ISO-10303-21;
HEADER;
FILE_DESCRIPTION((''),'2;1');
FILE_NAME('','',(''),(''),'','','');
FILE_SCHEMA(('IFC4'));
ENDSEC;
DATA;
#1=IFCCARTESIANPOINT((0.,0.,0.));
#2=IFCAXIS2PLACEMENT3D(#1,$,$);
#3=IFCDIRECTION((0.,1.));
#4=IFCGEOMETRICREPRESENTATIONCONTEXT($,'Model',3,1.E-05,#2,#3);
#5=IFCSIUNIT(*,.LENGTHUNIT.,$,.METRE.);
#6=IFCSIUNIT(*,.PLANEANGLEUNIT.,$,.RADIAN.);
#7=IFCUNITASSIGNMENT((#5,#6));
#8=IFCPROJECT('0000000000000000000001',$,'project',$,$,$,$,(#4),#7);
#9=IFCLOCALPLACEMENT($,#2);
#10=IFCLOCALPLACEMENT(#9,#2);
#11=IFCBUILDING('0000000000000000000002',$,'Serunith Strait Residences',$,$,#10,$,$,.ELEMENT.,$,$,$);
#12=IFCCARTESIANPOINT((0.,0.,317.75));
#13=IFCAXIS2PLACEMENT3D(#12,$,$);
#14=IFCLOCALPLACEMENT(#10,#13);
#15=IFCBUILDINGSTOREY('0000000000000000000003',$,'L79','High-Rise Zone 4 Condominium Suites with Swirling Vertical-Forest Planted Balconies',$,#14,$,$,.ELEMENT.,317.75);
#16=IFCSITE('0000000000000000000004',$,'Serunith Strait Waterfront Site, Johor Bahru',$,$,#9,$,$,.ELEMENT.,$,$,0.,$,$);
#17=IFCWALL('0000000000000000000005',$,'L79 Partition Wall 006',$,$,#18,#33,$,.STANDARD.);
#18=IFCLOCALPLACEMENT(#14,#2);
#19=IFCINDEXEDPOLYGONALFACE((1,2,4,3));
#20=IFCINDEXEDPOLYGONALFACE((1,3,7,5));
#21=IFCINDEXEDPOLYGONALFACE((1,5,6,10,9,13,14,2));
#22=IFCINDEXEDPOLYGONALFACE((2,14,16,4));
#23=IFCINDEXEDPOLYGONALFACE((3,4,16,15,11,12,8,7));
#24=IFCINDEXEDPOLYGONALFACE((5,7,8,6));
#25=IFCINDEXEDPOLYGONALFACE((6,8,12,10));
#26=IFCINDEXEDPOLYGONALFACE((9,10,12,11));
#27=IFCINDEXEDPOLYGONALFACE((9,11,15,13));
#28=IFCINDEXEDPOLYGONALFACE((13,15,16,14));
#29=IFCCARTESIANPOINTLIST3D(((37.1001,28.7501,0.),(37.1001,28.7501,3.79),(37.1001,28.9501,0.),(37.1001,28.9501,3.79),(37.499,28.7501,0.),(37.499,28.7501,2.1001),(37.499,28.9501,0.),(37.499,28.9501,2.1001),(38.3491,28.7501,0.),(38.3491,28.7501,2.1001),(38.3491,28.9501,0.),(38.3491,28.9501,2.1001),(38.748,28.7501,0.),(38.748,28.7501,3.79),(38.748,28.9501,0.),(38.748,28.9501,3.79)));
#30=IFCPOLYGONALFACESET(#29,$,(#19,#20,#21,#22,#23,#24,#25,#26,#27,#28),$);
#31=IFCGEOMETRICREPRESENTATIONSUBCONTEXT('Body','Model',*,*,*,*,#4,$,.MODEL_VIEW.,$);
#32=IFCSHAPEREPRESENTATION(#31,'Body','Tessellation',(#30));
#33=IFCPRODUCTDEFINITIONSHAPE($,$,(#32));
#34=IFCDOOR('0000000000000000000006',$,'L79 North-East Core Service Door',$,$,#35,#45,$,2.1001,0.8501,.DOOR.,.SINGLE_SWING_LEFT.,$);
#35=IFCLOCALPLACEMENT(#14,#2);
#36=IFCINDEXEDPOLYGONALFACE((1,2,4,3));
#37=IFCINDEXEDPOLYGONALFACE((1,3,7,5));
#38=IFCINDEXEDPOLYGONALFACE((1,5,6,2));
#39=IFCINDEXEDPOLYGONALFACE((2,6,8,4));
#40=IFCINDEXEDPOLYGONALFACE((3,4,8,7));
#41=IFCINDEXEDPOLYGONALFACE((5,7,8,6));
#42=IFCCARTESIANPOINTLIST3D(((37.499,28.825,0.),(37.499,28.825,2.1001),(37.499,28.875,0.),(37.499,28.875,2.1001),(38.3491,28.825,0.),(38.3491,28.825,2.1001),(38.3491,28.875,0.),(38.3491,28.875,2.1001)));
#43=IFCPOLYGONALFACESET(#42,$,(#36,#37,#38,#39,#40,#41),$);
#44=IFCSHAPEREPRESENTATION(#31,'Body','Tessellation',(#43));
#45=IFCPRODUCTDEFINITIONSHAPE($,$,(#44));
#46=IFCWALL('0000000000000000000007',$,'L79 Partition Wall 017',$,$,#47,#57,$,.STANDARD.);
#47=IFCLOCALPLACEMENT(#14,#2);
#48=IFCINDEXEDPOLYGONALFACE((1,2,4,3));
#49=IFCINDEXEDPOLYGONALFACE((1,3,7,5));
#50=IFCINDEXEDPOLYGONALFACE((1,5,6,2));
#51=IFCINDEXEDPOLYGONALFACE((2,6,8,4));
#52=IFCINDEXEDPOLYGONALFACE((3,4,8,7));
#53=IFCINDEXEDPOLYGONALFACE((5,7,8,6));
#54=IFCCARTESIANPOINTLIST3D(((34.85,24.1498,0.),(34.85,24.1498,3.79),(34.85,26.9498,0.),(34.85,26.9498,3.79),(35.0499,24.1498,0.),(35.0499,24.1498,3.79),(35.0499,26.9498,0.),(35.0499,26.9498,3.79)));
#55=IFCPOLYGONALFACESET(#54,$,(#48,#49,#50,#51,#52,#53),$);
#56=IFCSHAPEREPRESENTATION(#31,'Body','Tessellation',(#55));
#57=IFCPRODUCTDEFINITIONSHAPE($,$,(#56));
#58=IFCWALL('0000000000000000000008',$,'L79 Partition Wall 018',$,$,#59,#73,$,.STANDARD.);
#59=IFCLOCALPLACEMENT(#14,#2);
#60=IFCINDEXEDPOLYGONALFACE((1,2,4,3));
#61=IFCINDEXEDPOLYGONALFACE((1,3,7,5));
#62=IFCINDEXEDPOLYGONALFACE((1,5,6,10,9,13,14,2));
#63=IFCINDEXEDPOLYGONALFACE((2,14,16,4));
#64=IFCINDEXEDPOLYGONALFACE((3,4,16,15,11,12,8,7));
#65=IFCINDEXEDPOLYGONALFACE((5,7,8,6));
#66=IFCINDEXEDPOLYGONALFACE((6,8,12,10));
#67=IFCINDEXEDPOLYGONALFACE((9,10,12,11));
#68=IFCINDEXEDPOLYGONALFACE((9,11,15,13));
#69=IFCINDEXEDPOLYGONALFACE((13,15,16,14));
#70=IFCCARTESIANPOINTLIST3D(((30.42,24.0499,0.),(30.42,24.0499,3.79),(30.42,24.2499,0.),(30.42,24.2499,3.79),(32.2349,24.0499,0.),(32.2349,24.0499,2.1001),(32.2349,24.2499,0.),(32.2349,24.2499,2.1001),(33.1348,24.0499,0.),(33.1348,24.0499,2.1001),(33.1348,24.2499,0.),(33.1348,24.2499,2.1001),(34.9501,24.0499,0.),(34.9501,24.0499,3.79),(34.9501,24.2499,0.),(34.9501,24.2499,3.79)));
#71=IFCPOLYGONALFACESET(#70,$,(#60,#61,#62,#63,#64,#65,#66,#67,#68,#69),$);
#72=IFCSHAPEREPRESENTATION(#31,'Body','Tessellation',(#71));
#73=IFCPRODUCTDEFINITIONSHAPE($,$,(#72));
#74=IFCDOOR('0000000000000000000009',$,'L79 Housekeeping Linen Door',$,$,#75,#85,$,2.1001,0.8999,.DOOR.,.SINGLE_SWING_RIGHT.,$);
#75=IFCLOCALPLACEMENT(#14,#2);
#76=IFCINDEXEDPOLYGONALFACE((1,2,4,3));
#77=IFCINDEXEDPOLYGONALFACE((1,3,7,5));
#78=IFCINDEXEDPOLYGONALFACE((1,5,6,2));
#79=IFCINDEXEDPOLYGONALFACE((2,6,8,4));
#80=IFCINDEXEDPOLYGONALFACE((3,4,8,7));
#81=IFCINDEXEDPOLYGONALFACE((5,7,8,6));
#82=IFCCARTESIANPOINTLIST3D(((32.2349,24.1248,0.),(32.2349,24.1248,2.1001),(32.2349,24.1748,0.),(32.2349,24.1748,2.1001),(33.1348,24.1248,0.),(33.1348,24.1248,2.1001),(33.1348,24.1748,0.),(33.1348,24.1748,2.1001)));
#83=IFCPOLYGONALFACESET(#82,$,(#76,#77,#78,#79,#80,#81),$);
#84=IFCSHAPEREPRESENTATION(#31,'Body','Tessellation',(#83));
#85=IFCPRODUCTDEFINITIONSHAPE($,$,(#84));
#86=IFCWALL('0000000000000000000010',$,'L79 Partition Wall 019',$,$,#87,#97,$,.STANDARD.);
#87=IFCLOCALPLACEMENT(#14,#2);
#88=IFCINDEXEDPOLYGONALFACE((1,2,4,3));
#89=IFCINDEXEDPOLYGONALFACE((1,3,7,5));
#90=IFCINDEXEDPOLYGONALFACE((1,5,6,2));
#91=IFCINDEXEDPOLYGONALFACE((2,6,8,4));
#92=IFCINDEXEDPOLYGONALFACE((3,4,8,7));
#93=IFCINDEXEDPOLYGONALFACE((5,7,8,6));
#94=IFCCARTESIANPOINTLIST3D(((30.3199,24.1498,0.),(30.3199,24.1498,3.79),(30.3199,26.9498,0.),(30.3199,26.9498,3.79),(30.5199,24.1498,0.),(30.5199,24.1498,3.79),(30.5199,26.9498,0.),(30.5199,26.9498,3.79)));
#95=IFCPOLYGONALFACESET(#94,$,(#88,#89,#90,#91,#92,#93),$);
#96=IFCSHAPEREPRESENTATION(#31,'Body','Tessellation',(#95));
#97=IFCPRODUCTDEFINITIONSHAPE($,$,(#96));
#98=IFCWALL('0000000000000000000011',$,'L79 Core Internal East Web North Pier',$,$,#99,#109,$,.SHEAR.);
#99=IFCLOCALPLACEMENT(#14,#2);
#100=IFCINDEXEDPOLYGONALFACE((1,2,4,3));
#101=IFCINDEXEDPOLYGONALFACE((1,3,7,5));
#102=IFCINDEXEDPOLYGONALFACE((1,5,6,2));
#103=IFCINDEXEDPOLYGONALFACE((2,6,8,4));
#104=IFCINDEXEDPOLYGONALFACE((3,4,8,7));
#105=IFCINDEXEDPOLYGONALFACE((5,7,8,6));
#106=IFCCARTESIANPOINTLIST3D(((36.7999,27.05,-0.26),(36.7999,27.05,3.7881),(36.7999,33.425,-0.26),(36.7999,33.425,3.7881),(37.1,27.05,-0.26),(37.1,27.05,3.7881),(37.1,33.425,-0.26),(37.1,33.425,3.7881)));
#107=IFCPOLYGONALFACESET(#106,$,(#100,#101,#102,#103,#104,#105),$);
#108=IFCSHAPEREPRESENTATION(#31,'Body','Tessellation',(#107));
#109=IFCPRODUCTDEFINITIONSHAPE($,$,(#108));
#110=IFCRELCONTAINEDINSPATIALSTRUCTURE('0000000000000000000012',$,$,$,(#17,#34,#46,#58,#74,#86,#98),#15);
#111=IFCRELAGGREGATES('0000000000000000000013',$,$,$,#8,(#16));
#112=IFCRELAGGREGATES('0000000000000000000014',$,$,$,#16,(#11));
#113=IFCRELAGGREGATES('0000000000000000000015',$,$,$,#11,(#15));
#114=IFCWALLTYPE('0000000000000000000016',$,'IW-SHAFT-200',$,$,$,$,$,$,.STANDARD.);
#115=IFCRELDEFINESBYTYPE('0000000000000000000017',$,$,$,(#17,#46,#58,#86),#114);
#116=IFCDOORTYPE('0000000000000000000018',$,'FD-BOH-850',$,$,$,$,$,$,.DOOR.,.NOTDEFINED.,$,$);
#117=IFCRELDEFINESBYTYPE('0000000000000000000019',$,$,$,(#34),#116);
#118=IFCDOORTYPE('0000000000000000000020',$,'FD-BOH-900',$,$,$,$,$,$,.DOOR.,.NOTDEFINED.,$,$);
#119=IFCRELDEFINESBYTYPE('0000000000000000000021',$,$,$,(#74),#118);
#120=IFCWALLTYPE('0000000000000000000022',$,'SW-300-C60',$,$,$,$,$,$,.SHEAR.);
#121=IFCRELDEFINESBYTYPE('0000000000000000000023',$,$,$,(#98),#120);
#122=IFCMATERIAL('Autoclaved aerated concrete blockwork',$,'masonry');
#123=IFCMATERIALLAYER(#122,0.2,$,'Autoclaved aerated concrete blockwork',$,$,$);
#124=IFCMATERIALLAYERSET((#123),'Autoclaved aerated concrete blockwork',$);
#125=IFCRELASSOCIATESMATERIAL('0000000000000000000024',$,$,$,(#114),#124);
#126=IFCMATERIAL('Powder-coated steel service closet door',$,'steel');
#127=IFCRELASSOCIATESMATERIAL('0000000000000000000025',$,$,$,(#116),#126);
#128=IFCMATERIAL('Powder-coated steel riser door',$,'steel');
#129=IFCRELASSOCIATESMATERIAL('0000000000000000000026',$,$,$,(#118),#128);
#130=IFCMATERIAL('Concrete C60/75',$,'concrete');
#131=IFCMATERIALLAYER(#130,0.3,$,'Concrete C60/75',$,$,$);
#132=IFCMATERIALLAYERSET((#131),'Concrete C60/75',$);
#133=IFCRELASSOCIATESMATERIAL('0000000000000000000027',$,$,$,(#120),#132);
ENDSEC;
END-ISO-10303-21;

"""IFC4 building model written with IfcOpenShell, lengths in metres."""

from ifc_helpers import new_model, si_unit, direction, frame, frame_2d, origin, place, context, subcontext, project, spatial, rectangle, extrude, source, transform, mapped, material, layer, layer_set, type_object, element, fill, save


model = new_model("IFC4")

# Units and contexts
model_context = context("Model", 3, precision=1e-05, world=origin(), true_north=direction((0.0, 1.0)))
body_context = subcontext(model_context, "Body", "Model", "MODEL_VIEW")
ifc_project = project(units=[si_unit("LENGTHUNIT", "METRE"), si_unit("PLANEANGLEUNIT", "RADIAN")], contexts=[model_context])

# Site, building, storey
site_placement = place(None, origin())
site = spatial("IfcSite", under=ifc_project, at=site_placement, Name="Serunith Strait Waterfront Site, Johor Bahru", CompositionType="ELEMENT", RefElevation=0.0)
building_placement = place(site_placement, origin())
building = spatial("IfcBuilding", under=site, at=building_placement, Name="Serunith Strait Residences", CompositionType="ELEMENT")
storey_placement = place(building_placement, frame((0.0, 0.0, 317.75)))
storey = spatial("IfcBuildingStorey", under=building, at=storey_placement, Name="L79", Description="High-Rise Zone 4 Condominium Suites with Swirling Vertical-Forest Planted Balconies", CompositionType="ELEMENT", Elevation=317.75)

# Shared definitions
shared_shape_1 = source(origin(), body_context, "Body", "SweptSolid", [
    extrude(rectangle(XDim=0.8501, YDim=2.1001, at=frame_2d((0.425, 1.05))), frame((0.0, 0.0249, 0.0), z_axis=(0.0, -1.0, 0.0), x_axis=(1.0, 0.0, 0.0)), (0.0, 0.0, 1.0), 0.05),
])
shared_shape_2 = source(origin(), body_context, "Body", "SweptSolid", [
    extrude(rectangle(XDim=0.8999, YDim=2.1001, at=frame_2d((0.45, 1.05))), frame((0.0, 0.0249, 0.0), z_axis=(0.0, -1.0, 0.0), x_axis=(1.0, 0.0, 0.0)), (0.0, 0.0, 1.0), 0.05),
])

# Shared definitions
ifc_material_1 = material(Name="Autoclaved aerated concrete blockwork", Category="masonry")
ifc_layer_1 = layer(ifc_material_1, 0.2, Name="Autoclaved aerated concrete blockwork")
ifc_layer_set_1 = layer_set([ifc_layer_1], Name="Autoclaved aerated concrete blockwork")
wall_type_1 = type_object("IfcWallType", Name="IW-SHAFT-200", PredefinedType="STANDARD", material=ifc_layer_set_1)

# Wall, opening, door
wall_1_placement = place(storey_placement, frame((37.1001, 28.8501, 0.0), z_axis=(0.0, 0.0, 1.0), x_axis=(1.0, 0.0, 0.0)))
wall_1 = element("IfcWall", 1, at=wall_1_placement, inside=storey, type_object=wall_type_1, Name="L79 Partition Wall 006", PredefinedType="STANDARD", context=body_context, shape_type="SweptSolid", body=[
    extrude(rectangle(XDim=1.6479, YDim=0.2, at=frame_2d((0.824, 0.0))), origin(), (0.0, 0.0, 1.0), 3.79),
])
opening_1_placement = place(wall_1_placement, frame((0.3989, 0.0, 0.0)))
opening_1 = element("IfcOpeningElement", 2, at=opening_1_placement, cuts=wall_1, PredefinedType="OPENING", context=body_context, shape_type="SweptSolid", body=[
    extrude(rectangle(XDim=0.8501, YDim=2.1001, at=frame_2d((0.425, 1.05))), frame((0.0, 0.1099, 0.0), z_axis=(0.0, -1.0, 0.0), x_axis=(1.0, 0.0, 0.0)), (0.0, 0.0, 1.0), 0.22),
])
ifc_material_2 = material(Name="Powder-coated steel service closet door", Category="steel")
door_type_1 = type_object("IfcDoorType", Name="FD-BOH-850", OperationType="NOTDEFINED", PredefinedType="DOOR", material=ifc_material_2)
door_1_placement = place(opening_1_placement, origin())
door_1 = element("IfcDoor", 3, at=door_1_placement, inside=storey, type_object=door_type_1, Name="L79 North-East Core Service Door", OperationType="SINGLE_SWING_LEFT", OverallHeight=2.1001, OverallWidth=0.8501, PredefinedType="DOOR", context=body_context, shape_type="MappedRepresentation", body=[
    mapped(shared_shape_1, transform((0.0, 0.0, 0.0), scale=1.0)),
])
fill(opening_1, door_1)

# Wall
wall_2_placement = place(storey_placement, frame((34.95, 24.1499, 0.0), z_axis=(0.0, 0.0, 1.0), x_axis=(0.0, 1.0, 0.0)))
element("IfcWall", 4, at=wall_2_placement, inside=storey, type_object=wall_type_1, Name="L79 Partition Wall 017", PredefinedType="STANDARD", context=body_context, shape_type="SweptSolid", body=[
    extrude(rectangle(XDim=2.8, YDim=0.2, at=frame_2d((1.3999, 0.0))), origin(), (0.0, 0.0, 1.0), 3.79),
])

# Wall, opening, door
wall_3_placement = place(storey_placement, frame((30.4199, 24.1499, 0.0), z_axis=(0.0, 0.0, 1.0), x_axis=(1.0, 0.0, 0.0)))
wall_3 = element("IfcWall", 5, at=wall_3_placement, inside=storey, type_object=wall_type_1, Name="L79 Partition Wall 018", PredefinedType="STANDARD", context=body_context, shape_type="SweptSolid", body=[
    extrude(rectangle(XDim=4.53, YDim=0.2, at=frame_2d((2.2651, 0.0))), origin(), (0.0, 0.0, 1.0), 3.79),
])
opening_2_placement = place(wall_3_placement, frame((1.8149, 0.0, 0.0)))
opening_2 = element("IfcOpeningElement", 6, at=opening_2_placement, cuts=wall_3, PredefinedType="OPENING", context=body_context, shape_type="SweptSolid", body=[
    extrude(rectangle(XDim=0.8999, YDim=2.1001, at=frame_2d((0.45, 1.05))), frame((0.0, 0.1099, 0.0), z_axis=(0.0, -1.0, 0.0), x_axis=(1.0, 0.0, 0.0)), (0.0, 0.0, 1.0), 0.22),
])
ifc_material_3 = material(Name="Powder-coated steel riser door", Category="steel")
door_type_2 = type_object("IfcDoorType", Name="FD-BOH-900", OperationType="NOTDEFINED", PredefinedType="DOOR", material=ifc_material_3)
door_2_placement = place(opening_2_placement, origin())
door_2 = element("IfcDoor", 7, at=door_2_placement, inside=storey, type_object=door_type_2, Name="L79 Housekeeping Linen Door", OperationType="SINGLE_SWING_RIGHT", OverallHeight=2.1001, OverallWidth=0.8999, PredefinedType="DOOR", context=body_context, shape_type="MappedRepresentation", body=[
    mapped(shared_shape_2, transform((0.0, 0.0, 0.0), scale=1.0)),
])
fill(opening_2, door_2)

# Walls
wall_4_placement = place(storey_placement, frame((30.4199, 24.1499, 0.0), z_axis=(0.0, 0.0, 1.0), x_axis=(0.0, 1.0, 0.0)))
element("IfcWall", 8, at=wall_4_placement, inside=storey, type_object=wall_type_1, Name="L79 Partition Wall 019", PredefinedType="STANDARD", context=body_context, shape_type="SweptSolid", body=[
    extrude(rectangle(XDim=2.8, YDim=0.2, at=frame_2d((1.3999, 0.0))), origin(), (0.0, 0.0, 1.0), 3.79),
])
ifc_material_4 = material(Name="Concrete C60/75", Category="concrete")
ifc_layer_2 = layer(ifc_material_4, 0.3, Name="Concrete C60/75")
ifc_layer_set_2 = layer_set([ifc_layer_2], Name="Concrete C60/75")
wall_type_2 = type_object("IfcWallType", Name="SW-300-C60", PredefinedType="SHEAR", material=ifc_layer_set_2)
wall_5_placement = place(storey_placement, frame((36.95, 27.05, -0.26), z_axis=(0.0, 0.0, 1.0), x_axis=(0.0, 1.0, 0.0)))
element("IfcWall", 9, at=wall_5_placement, inside=storey, type_object=wall_type_2, Name="L79 Core Internal East Web North Pier", PredefinedType="SHEAR", context=body_context, shape_type="SweptSolid", body=[
    extrude(rectangle(XDim=6.375, YDim=0.3, at=frame_2d((3.1875, 0.0))), origin(), (0.0, 0.0, 1.0), 4.0481),
])

save(model, "model.ifc")
